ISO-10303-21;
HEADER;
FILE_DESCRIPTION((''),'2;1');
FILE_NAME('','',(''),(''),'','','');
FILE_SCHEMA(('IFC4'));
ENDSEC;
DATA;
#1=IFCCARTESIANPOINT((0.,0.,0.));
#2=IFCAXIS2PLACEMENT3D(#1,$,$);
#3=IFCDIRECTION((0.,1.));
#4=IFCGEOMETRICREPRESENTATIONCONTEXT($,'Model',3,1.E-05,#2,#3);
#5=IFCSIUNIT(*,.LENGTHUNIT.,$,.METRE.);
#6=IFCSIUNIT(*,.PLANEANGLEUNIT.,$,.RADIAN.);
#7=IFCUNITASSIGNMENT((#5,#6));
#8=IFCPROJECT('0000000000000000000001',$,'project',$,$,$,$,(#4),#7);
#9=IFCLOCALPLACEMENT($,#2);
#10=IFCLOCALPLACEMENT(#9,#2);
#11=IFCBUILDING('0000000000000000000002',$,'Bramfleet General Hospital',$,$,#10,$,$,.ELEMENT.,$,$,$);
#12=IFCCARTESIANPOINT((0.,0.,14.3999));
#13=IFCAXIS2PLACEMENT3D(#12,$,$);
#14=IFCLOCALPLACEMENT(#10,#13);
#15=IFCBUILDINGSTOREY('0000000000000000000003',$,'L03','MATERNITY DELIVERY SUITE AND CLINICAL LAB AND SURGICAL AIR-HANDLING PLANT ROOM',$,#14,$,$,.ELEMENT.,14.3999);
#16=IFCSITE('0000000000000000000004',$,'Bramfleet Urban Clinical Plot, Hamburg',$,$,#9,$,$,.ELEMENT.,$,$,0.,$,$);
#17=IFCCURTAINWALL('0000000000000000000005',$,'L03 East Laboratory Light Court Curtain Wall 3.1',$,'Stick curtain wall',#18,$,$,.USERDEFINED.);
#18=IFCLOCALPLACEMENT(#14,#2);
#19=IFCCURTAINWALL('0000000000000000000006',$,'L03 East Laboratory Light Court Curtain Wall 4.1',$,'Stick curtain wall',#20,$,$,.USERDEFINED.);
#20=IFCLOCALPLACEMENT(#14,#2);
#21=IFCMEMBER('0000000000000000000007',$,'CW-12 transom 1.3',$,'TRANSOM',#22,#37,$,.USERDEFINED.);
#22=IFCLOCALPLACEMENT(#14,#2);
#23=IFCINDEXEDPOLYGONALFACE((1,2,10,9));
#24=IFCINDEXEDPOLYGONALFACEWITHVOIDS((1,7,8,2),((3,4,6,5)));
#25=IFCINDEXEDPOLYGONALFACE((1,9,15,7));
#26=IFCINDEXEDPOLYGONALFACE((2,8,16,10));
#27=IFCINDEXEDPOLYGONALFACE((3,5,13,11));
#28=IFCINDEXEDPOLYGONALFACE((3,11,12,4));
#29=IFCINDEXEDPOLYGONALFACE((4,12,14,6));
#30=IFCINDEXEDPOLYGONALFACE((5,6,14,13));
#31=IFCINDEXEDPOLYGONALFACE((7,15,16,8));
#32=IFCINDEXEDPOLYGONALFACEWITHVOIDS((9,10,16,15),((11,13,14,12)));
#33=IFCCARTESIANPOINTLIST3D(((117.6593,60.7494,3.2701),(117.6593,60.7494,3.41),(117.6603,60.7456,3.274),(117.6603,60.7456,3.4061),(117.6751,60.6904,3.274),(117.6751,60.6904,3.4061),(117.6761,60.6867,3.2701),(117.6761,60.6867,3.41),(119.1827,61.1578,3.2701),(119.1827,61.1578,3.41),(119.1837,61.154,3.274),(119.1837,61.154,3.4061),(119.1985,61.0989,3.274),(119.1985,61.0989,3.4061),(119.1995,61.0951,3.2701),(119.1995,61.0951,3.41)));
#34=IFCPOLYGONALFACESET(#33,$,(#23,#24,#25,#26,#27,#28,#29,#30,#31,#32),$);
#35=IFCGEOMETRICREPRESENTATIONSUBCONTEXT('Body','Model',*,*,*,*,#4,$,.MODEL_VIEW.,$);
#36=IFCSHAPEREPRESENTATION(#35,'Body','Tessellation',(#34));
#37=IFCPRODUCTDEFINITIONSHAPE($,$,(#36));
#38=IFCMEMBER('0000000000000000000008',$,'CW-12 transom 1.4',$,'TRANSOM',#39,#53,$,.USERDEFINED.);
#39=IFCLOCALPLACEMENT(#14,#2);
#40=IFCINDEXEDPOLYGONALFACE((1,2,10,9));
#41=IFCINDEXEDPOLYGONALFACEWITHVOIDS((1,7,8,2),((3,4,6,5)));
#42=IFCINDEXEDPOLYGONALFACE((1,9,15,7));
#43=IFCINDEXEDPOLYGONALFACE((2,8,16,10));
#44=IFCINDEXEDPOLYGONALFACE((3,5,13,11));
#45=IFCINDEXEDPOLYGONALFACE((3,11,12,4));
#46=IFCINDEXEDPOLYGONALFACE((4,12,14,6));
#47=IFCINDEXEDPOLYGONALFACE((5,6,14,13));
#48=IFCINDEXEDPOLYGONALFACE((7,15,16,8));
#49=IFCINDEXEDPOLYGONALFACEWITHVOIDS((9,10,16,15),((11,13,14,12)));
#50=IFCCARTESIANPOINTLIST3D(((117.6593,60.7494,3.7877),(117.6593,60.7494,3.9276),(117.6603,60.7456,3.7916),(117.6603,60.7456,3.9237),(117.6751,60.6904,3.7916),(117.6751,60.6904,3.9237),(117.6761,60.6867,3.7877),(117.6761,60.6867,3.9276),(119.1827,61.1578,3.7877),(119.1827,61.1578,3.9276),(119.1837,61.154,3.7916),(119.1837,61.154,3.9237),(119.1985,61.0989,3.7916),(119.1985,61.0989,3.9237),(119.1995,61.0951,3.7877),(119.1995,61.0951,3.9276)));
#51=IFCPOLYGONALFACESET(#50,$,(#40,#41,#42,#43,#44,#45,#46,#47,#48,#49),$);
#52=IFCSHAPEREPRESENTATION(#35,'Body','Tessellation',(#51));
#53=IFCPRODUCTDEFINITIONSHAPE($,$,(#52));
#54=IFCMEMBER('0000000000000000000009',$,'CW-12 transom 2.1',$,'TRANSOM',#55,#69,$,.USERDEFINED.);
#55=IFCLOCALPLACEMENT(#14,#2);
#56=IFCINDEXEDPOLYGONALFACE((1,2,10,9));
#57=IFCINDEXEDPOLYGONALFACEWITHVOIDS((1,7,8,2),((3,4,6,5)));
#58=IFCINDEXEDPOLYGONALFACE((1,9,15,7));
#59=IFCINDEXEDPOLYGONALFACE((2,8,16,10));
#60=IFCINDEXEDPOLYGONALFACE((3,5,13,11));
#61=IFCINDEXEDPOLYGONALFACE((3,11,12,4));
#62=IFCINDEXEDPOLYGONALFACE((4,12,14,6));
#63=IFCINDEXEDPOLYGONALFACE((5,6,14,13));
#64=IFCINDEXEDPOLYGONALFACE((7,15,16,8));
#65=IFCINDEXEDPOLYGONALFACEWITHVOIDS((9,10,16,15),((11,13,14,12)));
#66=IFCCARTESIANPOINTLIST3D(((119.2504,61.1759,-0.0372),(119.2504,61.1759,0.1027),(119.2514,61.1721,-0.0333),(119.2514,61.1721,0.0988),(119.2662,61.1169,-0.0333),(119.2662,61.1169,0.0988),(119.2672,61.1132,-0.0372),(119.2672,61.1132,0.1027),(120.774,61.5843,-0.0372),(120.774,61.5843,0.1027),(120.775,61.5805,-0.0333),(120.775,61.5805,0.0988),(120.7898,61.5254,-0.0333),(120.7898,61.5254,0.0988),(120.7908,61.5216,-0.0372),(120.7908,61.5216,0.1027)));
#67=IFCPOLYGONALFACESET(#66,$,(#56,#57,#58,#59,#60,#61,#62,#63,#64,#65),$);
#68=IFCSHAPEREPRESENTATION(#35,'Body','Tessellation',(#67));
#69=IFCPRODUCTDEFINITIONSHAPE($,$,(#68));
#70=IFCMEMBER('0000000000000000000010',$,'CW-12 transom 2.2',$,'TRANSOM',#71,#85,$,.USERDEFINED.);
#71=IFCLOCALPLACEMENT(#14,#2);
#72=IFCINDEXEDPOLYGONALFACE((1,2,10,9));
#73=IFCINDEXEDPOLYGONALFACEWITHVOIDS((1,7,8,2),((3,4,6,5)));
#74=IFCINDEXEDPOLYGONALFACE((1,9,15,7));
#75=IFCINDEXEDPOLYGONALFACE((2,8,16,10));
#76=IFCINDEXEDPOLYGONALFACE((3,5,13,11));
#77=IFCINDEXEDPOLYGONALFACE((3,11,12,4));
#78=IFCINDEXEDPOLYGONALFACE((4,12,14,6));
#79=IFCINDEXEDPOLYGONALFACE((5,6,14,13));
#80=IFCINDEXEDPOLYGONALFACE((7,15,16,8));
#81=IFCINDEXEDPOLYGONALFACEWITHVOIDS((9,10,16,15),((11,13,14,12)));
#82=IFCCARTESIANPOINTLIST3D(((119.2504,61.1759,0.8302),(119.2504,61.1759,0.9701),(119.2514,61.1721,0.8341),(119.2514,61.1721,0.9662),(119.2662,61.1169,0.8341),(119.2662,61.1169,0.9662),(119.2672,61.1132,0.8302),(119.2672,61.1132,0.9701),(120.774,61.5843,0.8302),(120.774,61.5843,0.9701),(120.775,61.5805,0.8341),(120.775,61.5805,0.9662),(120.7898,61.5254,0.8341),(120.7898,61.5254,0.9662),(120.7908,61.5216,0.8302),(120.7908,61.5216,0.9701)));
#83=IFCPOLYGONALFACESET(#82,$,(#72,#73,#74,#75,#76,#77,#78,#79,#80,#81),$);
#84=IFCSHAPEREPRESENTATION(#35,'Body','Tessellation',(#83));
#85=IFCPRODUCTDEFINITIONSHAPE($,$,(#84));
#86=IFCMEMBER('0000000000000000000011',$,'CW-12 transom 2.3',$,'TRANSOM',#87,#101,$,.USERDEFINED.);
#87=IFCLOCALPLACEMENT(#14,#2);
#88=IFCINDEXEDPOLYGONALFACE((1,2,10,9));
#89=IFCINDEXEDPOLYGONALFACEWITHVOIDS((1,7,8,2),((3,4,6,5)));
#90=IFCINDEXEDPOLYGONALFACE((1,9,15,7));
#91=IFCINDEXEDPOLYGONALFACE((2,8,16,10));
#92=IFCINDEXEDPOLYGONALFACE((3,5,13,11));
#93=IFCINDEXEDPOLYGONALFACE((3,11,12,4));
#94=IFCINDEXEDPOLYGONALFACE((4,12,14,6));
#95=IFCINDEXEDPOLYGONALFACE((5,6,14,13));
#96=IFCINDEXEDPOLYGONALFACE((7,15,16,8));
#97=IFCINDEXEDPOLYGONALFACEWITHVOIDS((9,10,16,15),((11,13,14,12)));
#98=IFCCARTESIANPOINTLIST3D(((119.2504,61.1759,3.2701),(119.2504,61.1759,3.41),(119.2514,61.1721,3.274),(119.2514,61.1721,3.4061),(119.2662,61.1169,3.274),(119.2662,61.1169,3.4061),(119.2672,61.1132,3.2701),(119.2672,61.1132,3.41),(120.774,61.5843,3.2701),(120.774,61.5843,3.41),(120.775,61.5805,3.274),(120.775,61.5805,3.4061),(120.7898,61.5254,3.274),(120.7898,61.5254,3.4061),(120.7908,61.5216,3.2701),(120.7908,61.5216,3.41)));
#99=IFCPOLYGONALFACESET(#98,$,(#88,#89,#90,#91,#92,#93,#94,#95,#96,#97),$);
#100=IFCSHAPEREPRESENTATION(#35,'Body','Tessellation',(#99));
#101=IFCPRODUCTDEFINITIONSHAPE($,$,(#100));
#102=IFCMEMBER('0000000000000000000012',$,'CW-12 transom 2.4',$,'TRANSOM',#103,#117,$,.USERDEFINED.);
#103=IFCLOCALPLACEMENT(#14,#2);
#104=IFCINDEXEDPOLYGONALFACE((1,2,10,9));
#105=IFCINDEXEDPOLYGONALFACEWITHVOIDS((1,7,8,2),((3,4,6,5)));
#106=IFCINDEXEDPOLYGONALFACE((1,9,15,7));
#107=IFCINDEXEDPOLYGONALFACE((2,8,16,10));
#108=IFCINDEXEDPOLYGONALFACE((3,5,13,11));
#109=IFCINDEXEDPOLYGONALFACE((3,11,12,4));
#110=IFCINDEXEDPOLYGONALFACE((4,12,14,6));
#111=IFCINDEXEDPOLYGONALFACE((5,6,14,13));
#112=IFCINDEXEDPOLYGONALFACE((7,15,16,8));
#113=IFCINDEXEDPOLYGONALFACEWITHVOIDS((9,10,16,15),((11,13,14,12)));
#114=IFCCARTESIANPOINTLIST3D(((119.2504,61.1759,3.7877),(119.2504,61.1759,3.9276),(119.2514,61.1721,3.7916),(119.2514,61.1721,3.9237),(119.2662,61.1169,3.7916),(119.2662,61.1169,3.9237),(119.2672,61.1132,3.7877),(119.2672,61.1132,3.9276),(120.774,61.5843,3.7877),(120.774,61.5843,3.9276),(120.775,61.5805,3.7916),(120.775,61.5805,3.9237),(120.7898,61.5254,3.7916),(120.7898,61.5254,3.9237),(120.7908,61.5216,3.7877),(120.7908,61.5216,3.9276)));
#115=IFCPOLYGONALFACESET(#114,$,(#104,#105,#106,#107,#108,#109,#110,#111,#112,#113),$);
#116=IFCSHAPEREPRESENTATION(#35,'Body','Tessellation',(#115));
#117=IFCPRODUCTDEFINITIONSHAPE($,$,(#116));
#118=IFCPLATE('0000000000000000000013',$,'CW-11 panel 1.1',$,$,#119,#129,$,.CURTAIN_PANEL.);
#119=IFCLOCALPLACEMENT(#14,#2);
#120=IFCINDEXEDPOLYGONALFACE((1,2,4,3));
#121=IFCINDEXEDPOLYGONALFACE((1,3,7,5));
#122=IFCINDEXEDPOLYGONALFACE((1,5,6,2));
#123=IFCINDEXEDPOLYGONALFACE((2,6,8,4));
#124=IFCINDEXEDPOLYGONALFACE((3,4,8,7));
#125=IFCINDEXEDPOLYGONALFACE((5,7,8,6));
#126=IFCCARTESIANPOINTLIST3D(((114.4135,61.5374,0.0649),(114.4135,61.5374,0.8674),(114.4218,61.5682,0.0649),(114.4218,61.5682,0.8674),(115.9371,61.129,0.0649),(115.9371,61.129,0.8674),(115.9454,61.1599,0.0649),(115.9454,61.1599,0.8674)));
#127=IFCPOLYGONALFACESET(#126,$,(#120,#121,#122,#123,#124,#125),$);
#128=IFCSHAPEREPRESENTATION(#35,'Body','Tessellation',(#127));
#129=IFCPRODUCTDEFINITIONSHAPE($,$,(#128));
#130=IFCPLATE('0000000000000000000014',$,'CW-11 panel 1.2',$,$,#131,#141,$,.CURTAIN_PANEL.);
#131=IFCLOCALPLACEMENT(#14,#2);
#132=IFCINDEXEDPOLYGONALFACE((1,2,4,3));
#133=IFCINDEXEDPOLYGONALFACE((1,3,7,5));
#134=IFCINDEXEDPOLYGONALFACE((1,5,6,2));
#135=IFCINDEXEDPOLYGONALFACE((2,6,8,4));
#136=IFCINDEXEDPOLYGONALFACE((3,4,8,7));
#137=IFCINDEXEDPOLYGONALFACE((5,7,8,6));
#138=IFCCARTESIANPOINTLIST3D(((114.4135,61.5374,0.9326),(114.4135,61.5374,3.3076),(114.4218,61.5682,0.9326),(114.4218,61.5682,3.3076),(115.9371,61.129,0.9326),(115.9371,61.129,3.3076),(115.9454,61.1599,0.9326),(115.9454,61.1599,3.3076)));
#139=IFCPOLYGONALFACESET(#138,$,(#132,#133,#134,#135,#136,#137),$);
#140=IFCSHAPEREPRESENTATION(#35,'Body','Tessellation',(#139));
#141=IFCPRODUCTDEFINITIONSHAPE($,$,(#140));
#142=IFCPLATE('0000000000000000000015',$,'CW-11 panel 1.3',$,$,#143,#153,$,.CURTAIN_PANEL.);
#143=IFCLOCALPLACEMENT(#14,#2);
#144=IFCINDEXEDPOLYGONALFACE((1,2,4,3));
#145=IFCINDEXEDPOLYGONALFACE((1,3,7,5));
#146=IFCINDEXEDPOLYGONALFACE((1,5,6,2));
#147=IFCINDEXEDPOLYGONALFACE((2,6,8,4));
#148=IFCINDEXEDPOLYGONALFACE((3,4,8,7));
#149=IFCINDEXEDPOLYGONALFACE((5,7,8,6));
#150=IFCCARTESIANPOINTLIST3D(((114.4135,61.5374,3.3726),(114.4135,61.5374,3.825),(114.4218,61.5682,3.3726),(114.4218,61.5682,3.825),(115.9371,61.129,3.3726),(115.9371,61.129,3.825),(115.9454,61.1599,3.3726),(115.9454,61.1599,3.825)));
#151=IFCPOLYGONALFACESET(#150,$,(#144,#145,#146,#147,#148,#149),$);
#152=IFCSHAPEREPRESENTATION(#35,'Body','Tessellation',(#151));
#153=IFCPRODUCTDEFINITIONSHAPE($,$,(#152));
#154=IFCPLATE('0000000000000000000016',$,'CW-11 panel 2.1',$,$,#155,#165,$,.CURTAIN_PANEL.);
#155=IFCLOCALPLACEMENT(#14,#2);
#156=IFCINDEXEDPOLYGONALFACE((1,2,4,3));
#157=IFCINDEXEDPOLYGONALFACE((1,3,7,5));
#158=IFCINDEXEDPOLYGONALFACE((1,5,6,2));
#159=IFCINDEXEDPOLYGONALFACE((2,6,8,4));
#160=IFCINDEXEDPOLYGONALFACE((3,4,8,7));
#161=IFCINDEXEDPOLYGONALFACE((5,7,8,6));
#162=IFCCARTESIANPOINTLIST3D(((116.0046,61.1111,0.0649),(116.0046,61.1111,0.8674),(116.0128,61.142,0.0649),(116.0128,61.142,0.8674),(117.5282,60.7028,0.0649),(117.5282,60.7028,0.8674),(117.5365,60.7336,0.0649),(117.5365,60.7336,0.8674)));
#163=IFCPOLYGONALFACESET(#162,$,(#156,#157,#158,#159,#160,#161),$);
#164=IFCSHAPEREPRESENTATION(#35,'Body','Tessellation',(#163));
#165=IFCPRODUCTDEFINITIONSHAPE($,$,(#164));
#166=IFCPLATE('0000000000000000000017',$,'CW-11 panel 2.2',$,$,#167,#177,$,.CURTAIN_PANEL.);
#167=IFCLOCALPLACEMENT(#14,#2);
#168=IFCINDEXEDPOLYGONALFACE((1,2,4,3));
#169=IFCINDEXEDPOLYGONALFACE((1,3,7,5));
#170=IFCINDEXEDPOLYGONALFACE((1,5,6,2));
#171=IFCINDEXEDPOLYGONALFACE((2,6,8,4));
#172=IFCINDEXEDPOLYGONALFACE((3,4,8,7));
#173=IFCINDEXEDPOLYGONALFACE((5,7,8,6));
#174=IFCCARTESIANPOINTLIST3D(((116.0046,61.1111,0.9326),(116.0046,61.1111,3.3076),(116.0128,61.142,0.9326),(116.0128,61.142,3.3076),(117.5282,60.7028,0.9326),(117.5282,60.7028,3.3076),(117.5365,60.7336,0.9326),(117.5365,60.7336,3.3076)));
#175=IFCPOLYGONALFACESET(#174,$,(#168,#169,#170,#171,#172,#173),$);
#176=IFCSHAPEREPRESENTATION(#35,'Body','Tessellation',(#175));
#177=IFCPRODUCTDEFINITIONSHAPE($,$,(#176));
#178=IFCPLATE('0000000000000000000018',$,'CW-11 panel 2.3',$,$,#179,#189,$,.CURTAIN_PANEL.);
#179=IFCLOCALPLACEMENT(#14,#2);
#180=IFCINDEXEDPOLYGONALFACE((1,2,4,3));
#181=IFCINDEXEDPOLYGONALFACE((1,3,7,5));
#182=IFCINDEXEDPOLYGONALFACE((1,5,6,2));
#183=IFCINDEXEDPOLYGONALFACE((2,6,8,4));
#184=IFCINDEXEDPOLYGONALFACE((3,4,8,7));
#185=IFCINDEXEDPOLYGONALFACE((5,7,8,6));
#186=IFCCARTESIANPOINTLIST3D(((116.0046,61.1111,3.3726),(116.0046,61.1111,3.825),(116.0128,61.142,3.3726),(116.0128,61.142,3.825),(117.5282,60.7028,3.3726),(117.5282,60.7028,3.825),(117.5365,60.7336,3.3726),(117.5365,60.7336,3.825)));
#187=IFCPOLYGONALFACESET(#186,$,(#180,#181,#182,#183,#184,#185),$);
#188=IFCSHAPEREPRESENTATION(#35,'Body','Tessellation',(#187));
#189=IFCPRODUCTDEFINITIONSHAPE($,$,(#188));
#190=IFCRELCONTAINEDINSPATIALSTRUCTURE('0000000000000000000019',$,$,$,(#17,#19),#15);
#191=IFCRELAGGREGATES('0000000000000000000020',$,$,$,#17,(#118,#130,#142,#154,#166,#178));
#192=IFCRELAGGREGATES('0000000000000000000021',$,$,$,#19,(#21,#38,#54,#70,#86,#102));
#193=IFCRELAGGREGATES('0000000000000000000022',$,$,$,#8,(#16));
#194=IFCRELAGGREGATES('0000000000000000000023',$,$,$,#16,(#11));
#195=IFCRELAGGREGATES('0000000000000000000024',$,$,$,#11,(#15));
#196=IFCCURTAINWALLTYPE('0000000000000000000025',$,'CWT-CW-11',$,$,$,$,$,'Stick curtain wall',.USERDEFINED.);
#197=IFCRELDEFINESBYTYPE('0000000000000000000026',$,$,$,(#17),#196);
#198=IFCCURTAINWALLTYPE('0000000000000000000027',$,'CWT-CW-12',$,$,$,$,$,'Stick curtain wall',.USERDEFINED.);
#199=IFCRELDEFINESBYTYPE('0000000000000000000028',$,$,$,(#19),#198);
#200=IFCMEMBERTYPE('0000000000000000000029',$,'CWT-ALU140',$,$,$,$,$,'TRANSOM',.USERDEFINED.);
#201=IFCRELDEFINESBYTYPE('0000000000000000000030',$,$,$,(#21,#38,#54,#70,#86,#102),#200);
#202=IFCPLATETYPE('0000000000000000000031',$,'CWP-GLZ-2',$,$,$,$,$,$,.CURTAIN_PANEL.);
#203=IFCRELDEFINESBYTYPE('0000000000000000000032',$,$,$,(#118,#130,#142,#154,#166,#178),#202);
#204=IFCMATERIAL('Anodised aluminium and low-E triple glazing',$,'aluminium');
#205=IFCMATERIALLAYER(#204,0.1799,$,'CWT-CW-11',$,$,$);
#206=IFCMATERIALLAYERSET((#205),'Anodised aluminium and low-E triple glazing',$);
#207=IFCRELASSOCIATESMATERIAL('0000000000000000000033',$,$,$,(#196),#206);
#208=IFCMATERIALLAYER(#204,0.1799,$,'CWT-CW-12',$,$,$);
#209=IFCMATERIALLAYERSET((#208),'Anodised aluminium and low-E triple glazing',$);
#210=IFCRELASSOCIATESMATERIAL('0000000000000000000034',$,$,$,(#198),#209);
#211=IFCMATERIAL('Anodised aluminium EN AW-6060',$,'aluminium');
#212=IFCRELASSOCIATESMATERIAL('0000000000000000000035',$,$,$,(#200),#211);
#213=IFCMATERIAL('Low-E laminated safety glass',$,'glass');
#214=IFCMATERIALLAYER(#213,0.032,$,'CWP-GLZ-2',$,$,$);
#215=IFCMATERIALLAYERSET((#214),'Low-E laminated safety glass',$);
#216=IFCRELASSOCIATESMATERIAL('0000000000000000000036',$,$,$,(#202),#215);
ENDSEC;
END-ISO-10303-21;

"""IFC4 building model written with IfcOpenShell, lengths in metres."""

from ifc_helpers import new_model, si_unit, direction, frame, origin, origin_2d, place, context, subcontext, project, spatial, rectangle, hollow_rectangle, extrude, material, layer, layer_set, material_profile, profile_set, type_object, element, aggregate, save


model = new_model("IFC4")

# Units and contexts
model_context = context("Model", 3, precision=1e-05, world=origin(), true_north=direction((0.0, 1.0)))
body_context = subcontext(model_context, "Body", "Model", "MODEL_VIEW")
ifc_project = project(units=[si_unit("LENGTHUNIT", "METRE"), si_unit("PLANEANGLEUNIT", "RADIAN")], contexts=[model_context])

# Site, building, storey
site_placement = place(None, origin())
site = spatial("IfcSite", under=ifc_project, at=site_placement, Name="Bramfleet Urban Clinical Plot, Hamburg", CompositionType="ELEMENT", RefElevation=0.0)
building_placement = place(site_placement, origin())
building = spatial("IfcBuilding", under=site, at=building_placement, Name="Bramfleet General Hospital", CompositionType="ELEMENT")
storey_placement = place(building_placement, frame((0.0, 0.0, 14.3999)))
storey = spatial("IfcBuildingStorey", under=building, at=storey_placement, Name="L03", Description="MATERNITY DELIVERY SUITE AND CLINICAL LAB AND SURGICAL AIR-HANDLING PLANT ROOM", CompositionType="ELEMENT", Elevation=14.3999)

# Curtain walls
ifc_material_1 = material(Name="Anodised aluminium and low-E triple glazing", Category="aluminium")
ifc_layer_1 = layer(ifc_material_1, 0.1799, Name="CWT-CW-11")
ifc_layer_set_1 = layer_set([ifc_layer_1], Name="Anodised aluminium and low-E triple glazing")
curtain_wall_type_1 = type_object("IfcCurtainWallType", Name="CWT-CW-11", ElementType="Stick curtain wall", PredefinedType="USERDEFINED", material=ifc_layer_set_1)
curtain_wall_1_placement = place(storey_placement, origin())
curtain_wall_1 = element("IfcCurtainWall", 1, at=curtain_wall_1_placement, inside=storey, type_object=curtain_wall_type_1, Name="L03 East Laboratory Light Court Curtain Wall 3.1", ObjectType="Stick curtain wall", PredefinedType="USERDEFINED")
ifc_material_2 = material(Name="Anodised aluminium EN AW-6060", Category="aluminium")
ifc_layer_2 = layer(ifc_material_1, 0.1799, Name="CWT-CW-12")
ifc_layer_set_2 = layer_set([ifc_layer_2], Name="Anodised aluminium and low-E triple glazing")
curtain_wall_type_2 = type_object("IfcCurtainWallType", Name="CWT-CW-12", ElementType="Stick curtain wall", PredefinedType="USERDEFINED", material=ifc_layer_set_2)
curtain_wall_2_placement = place(storey_placement, origin())
curtain_wall_2 = element("IfcCurtainWall", 2, at=curtain_wall_2_placement, inside=storey, type_object=curtain_wall_type_2, Name="L03 East Laboratory Light Court Curtain Wall 4.1", ObjectType="Stick curtain wall", PredefinedType="USERDEFINED")

# Members
ifc_material_profile_1 = material_profile(ifc_material_2, hollow_rectangle(XDim=0.0649, YDim=0.1399, WallThickness=0.0039, at=origin_2d()), Name="ALU 140x65x4.0")
ifc_profile_set_1 = profile_set([ifc_material_profile_1], Name="Anodised aluminium EN AW-6060")
member_type_1 = type_object("IfcMemberType", Name="CWT-ALU140", ElementType="TRANSOM", PredefinedType="USERDEFINED", material=ifc_profile_set_1)
member_1_placement = place(storey_placement, frame((117.6677, 60.718, 3.3401), z_axis=(0.965887, 0.258963, 0.0), x_axis=(-0.258963, 0.965887, 0.0)))
member_1 = element("IfcMember", 3, at=member_1_placement, type_object=member_type_1, Name="CW-12 transom 1.3", ObjectType="TRANSOM", PredefinedType="USERDEFINED", context=body_context, shape_type="SweptSolid", body=[
    extrude(hollow_rectangle(XDim=0.0649, YDim=0.1399, WallThickness=0.0039, at=origin_2d()), origin(), (0.0, 0.0, 1.0), 1.5771),
])
member_2_placement = place(storey_placement, frame((117.6677, 60.718, 3.8577), z_axis=(0.965887, 0.258963, 0.0), x_axis=(-0.258963, 0.965887, 0.0)))
member_2 = element("IfcMember", 4, at=member_2_placement, type_object=member_type_1, Name="CW-12 transom 1.4", ObjectType="TRANSOM", PredefinedType="USERDEFINED", context=body_context, shape_type="SweptSolid", body=[
    extrude(hollow_rectangle(XDim=0.0649, YDim=0.1399, WallThickness=0.0039, at=origin_2d()), origin(), (0.0, 0.0, 1.0), 1.5771),
])
member_3_placement = place(storey_placement, frame((119.2588, 61.1445, 0.0327), z_axis=(0.965898, 0.258924, 0.0), x_axis=(-0.258924, 0.965898, 0.0)))
member_3 = element("IfcMember", 5, at=member_3_placement, type_object=member_type_1, Name="CW-12 transom 2.1", ObjectType="TRANSOM", PredefinedType="USERDEFINED", context=body_context, shape_type="SweptSolid", body=[
    extrude(hollow_rectangle(XDim=0.0649, YDim=0.1399, WallThickness=0.0039, at=origin_2d()), origin(), (0.0, 0.0, 1.0), 1.5774),
])
member_4_placement = place(storey_placement, frame((119.2588, 61.1445, 0.9001), z_axis=(0.965898, 0.258924, 0.0), x_axis=(-0.258924, 0.965898, 0.0)))
member_4 = element("IfcMember", 6, at=member_4_placement, type_object=member_type_1, Name="CW-12 transom 2.2", ObjectType="TRANSOM", PredefinedType="USERDEFINED", context=body_context, shape_type="SweptSolid", body=[
    extrude(hollow_rectangle(XDim=0.0649, YDim=0.1399, WallThickness=0.0039, at=origin_2d()), origin(), (0.0, 0.0, 1.0), 1.5774),
])
member_5_placement = place(storey_placement, frame((119.2588, 61.1445, 3.3401), z_axis=(0.965898, 0.258924, 0.0), x_axis=(-0.258924, 0.965898, 0.0)))
member_5 = element("IfcMember", 7, at=member_5_placement, type_object=member_type_1, Name="CW-12 transom 2.3", ObjectType="TRANSOM", PredefinedType="USERDEFINED", context=body_context, shape_type="SweptSolid", body=[
    extrude(hollow_rectangle(XDim=0.0649, YDim=0.1399, WallThickness=0.0039, at=origin_2d()), origin(), (0.0, 0.0, 1.0), 1.5774),
])
member_6_placement = place(storey_placement, frame((119.2588, 61.1445, 3.8577), z_axis=(0.965898, 0.258924, 0.0), x_axis=(-0.258924, 0.965898, 0.0)))
member_6 = element("IfcMember", 8, at=member_6_placement, type_object=member_type_1, Name="CW-12 transom 2.4", ObjectType="TRANSOM", PredefinedType="USERDEFINED", context=body_context, shape_type="SweptSolid", body=[
    extrude(hollow_rectangle(XDim=0.0649, YDim=0.1399, WallThickness=0.0039, at=origin_2d()), origin(), (0.0, 0.0, 1.0), 1.5774),
])

# Plates
ifc_material_3 = material(Name="Low-E laminated safety glass", Category="glass")
ifc_layer_3 = layer(ifc_material_3, 0.032, Name="CWP-GLZ-2")
ifc_layer_set_3 = layer_set([ifc_layer_3], Name="Low-E laminated safety glass")
plate_type = type_object("IfcPlateType", Name="CWP-GLZ-2", PredefinedType="CURTAIN_PANEL", material=ifc_layer_set_3)
plate_1_placement = place(storey_placement, frame((115.1794, 61.3486, 0.0649), z_axis=(0.0, 0.0, 1.0), x_axis=(0.965914, -0.258865, 0.0)))
plate_1 = element("IfcPlate", 9, at=plate_1_placement, type_object=plate_type, Name="CW-11 panel 1.1", PredefinedType="CURTAIN_PANEL", context=body_context, shape_type="SweptSolid", body=[
    extrude(rectangle(XDim=1.5774, YDim=0.032, at=origin_2d()), origin(), (0.0, 0.0, 1.0), 0.8025),
])
plate_2_placement = place(storey_placement, frame((115.1794, 61.3486, 0.9326), z_axis=(0.0, 0.0, 1.0), x_axis=(0.965914, -0.258865, 0.0)))
plate_2 = element("IfcPlate", 10, at=plate_2_placement, type_object=plate_type, Name="CW-11 panel 1.2", PredefinedType="CURTAIN_PANEL", context=body_context, shape_type="SweptSolid", body=[
    extrude(rectangle(XDim=1.5774, YDim=0.032, at=origin_2d()), origin(), (0.0, 0.0, 1.0), 2.375),
])
plate_3_placement = place(storey_placement, frame((115.1794, 61.3486, 3.3726), z_axis=(0.0, 0.0, 1.0), x_axis=(0.965914, -0.258865, 0.0)))
plate_3 = element("IfcPlate", 11, at=plate_3_placement, type_object=plate_type, Name="CW-11 panel 1.3", PredefinedType="CURTAIN_PANEL", context=body_context, shape_type="SweptSolid", body=[
    extrude(rectangle(XDim=1.5774, YDim=0.032, at=origin_2d()), origin(), (0.0, 0.0, 1.0), 0.4524),
])
plate_4_placement = place(storey_placement, frame((116.7705, 60.9224, 0.0649), z_axis=(0.0, 0.0, 1.0), x_axis=(0.965914, -0.258865, 0.0)))
plate_4 = element("IfcPlate", 12, at=plate_4_placement, type_object=plate_type, Name="CW-11 panel 2.1", PredefinedType="CURTAIN_PANEL", context=body_context, shape_type="SweptSolid", body=[
    extrude(rectangle(XDim=1.5774, YDim=0.032, at=origin_2d()), origin(), (0.0, 0.0, 1.0), 0.8025),
])
plate_5_placement = place(storey_placement, frame((116.7705, 60.9224, 0.9326), z_axis=(0.0, 0.0, 1.0), x_axis=(0.965914, -0.258865, 0.0)))
plate_5 = element("IfcPlate", 13, at=plate_5_placement, type_object=plate_type, Name="CW-11 panel 2.2", PredefinedType="CURTAIN_PANEL", context=body_context, shape_type="SweptSolid", body=[
    extrude(rectangle(XDim=1.5774, YDim=0.032, at=origin_2d()), origin(), (0.0, 0.0, 1.0), 2.375),
])
plate_6_placement = place(storey_placement, frame((116.7705, 60.9224, 3.3726), z_axis=(0.0, 0.0, 1.0), x_axis=(0.965914, -0.258865, 0.0)))
plate_6 = element("IfcPlate", 14, at=plate_6_placement, type_object=plate_type, Name="CW-11 panel 2.3", PredefinedType="CURTAIN_PANEL", context=body_context, shape_type="SweptSolid", body=[
    extrude(rectangle(XDim=1.5774, YDim=0.032, at=origin_2d()), origin(), (0.0, 0.0, 1.0), 0.4524),
])
aggregate(curtain_wall_1, [plate_1, plate_2, plate_3, plate_4, plate_5, plate_6])
aggregate(curtain_wall_2, [member_1, member_2, member_3, member_4, member_5, member_6])

save(model, "model.ifc")
